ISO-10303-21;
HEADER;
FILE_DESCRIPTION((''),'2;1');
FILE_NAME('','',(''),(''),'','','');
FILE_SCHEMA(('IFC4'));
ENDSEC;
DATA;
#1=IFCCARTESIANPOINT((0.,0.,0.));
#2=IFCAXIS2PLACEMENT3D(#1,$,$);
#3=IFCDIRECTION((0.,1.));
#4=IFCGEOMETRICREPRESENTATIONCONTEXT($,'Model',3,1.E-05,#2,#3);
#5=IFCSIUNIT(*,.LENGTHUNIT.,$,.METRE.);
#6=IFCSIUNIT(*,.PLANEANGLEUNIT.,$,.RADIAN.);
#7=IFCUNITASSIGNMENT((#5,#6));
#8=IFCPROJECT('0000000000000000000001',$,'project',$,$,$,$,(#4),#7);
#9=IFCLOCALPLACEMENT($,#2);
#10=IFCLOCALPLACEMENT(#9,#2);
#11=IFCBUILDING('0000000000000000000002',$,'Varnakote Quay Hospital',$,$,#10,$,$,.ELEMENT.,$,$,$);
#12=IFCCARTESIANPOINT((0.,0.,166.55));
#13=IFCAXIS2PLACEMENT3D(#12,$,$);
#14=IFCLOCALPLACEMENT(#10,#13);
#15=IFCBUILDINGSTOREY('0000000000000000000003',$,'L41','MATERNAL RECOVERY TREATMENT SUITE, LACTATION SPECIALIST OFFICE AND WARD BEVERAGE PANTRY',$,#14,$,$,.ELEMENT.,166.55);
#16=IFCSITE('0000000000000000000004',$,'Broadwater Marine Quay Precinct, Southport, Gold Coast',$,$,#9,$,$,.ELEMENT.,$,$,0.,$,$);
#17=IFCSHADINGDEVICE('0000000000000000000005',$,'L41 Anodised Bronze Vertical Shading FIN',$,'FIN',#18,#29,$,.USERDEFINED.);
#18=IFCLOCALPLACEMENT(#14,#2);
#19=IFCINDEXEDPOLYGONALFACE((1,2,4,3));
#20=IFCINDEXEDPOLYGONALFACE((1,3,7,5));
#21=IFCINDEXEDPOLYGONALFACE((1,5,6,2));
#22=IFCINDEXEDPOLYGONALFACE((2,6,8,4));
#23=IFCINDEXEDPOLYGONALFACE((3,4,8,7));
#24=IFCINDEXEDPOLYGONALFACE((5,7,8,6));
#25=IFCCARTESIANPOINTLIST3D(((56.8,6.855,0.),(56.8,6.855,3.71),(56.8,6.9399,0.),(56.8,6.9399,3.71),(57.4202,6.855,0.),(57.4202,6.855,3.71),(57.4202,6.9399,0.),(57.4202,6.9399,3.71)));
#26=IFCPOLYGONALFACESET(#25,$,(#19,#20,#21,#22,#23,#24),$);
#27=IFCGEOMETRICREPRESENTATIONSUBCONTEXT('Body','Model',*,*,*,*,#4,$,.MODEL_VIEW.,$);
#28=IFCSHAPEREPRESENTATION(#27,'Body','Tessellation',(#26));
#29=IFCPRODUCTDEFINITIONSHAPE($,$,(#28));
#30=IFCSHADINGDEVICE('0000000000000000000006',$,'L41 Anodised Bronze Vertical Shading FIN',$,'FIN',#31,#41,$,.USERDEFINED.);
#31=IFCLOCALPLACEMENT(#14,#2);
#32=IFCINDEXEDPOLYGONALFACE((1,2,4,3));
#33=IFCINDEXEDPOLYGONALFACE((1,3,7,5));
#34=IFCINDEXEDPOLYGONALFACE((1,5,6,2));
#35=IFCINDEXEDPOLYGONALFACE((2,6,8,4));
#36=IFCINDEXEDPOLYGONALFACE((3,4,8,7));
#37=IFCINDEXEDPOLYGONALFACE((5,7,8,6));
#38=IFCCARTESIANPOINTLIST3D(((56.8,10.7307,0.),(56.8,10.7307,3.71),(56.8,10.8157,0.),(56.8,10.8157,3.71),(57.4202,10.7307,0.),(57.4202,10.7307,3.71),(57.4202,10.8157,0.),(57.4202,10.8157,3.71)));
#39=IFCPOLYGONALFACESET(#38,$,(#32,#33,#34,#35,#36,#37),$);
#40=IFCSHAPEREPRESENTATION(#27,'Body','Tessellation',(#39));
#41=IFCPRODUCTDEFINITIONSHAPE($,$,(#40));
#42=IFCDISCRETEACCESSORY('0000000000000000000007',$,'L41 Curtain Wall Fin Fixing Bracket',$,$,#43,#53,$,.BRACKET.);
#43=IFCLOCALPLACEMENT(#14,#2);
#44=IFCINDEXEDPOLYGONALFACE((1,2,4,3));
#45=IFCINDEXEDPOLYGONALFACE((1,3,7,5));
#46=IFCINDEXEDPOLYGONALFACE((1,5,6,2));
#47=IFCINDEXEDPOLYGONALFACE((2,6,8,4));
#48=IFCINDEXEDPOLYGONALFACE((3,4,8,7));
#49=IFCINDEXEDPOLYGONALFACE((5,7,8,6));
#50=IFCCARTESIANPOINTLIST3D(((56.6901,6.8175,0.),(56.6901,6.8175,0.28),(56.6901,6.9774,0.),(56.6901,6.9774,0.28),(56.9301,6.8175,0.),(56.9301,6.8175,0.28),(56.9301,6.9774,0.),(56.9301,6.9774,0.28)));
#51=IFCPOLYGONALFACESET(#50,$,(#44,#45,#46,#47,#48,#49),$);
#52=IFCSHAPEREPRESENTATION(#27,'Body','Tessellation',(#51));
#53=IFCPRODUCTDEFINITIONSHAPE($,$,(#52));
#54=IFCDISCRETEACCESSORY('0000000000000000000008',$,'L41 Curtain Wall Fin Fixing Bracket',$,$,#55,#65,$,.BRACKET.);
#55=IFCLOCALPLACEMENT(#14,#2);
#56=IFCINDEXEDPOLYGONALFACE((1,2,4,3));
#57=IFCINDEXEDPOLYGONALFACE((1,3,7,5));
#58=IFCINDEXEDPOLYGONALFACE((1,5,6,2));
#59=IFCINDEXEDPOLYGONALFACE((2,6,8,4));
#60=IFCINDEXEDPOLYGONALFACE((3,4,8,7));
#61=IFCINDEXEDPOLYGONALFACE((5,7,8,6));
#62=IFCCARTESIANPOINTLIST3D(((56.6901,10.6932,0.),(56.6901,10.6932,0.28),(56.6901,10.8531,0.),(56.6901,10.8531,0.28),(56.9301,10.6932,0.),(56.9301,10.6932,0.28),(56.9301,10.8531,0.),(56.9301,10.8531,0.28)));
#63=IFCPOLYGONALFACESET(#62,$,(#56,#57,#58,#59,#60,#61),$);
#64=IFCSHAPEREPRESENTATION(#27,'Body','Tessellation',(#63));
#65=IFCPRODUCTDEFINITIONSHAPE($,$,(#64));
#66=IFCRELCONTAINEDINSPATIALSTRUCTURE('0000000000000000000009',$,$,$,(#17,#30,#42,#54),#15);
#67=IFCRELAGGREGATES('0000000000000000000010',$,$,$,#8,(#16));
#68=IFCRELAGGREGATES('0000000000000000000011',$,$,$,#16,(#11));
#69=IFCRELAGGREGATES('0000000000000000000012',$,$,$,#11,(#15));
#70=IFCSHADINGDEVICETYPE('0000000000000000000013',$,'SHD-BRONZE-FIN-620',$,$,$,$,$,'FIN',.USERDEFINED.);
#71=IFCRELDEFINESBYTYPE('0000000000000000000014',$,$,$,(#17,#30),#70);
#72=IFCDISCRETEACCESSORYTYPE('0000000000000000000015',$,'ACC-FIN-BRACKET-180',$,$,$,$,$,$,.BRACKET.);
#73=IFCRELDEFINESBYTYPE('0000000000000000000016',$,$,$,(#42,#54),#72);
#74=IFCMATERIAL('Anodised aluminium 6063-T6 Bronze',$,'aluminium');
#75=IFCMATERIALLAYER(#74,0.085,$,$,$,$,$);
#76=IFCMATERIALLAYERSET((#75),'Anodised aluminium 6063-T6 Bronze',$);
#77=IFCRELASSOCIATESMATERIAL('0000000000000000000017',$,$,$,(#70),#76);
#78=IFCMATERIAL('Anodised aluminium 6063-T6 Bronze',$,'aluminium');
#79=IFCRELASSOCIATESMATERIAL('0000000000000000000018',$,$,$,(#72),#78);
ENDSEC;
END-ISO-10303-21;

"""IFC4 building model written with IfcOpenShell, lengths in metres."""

from ifc_helpers import new_model, si_unit, direction, frame, origin, origin_2d, place, context, subcontext, project, spatial, rectangle, extrude, material, layer, layer_set, type_object, element, save


model = new_model("IFC4")

# Units and contexts
model_context = context("Model", 3, precision=1e-05, world=origin(), true_north=direction((0.0, 1.0)))
body_context = subcontext(model_context, "Body", "Model", "MODEL_VIEW")
ifc_project = project(units=[si_unit("LENGTHUNIT", "METRE"), si_unit("PLANEANGLEUNIT", "RADIAN")], contexts=[model_context])

# Site, building, storey
site_placement = place(None, origin())
site = spatial("IfcSite", under=ifc_project, at=site_placement, Name="Broadwater Marine Quay Precinct, Southport, Gold Coast", CompositionType="ELEMENT", RefElevation=0.0)
building_placement = place(site_placement, origin())
building = spatial("IfcBuilding", under=site, at=building_placement, Name="Varnakote Quay Hospital", CompositionType="ELEMENT")
storey_placement = place(building_placement, frame((0.0, 0.0, 166.55)))
storey = spatial("IfcBuildingStorey", under=building, at=storey_placement, Name="L41", Description="MATERNAL RECOVERY TREATMENT SUITE, LACTATION SPECIALIST OFFICE AND WARD BEVERAGE PANTRY", CompositionType="ELEMENT", Elevation=166.55)

# Shading devices
ifc_material_1 = material(Name="Anodised aluminium 6063-T6 Bronze", Category="aluminium")
ifc_layer_1 = layer(ifc_material_1, 0.085)
ifc_layer_set_1 = layer_set([ifc_layer_1], Name="Anodised aluminium 6063-T6 Bronze")
shading_device_type = type_object("IfcShadingDeviceType", Name="SHD-BRONZE-FIN-620", ElementType="FIN", PredefinedType="USERDEFINED", material=ifc_layer_set_1)
for number, where, z_axis, x_axis, name in (
    (1, (57.1101, 6.8975, 0.0), (0.0, 0.0, 1.0), (-1.0, 0.0, 0.0), "L41 Anodised Bronze Vertical Shading FIN"),
    (2, (57.1101, 10.7732, 0.0), (0.0, 0.0, 1.0), (-1.0, 0.0, 0.0), "L41 Anodised Bronze Vertical Shading FIN"),
):
    element("IfcShadingDevice", number, at=place(storey_placement, frame(where, z_axis=z_axis, x_axis=x_axis)), inside=storey, type_object=shading_device_type, Name=name, ObjectType="FIN", PredefinedType="USERDEFINED", context=body_context, shape_type="SweptSolid", body=[
        extrude(rectangle(XDim=0.6201, YDim=0.085, at=origin_2d()), origin(), (0.0, 0.0, 1.0), 3.71),
    ])

# Discrete accessories
ifc_material_2 = material(Name="Anodised aluminium 6063-T6 Bronze", Category="aluminium")
discrete_accessory_type = type_object("IfcDiscreteAccessoryType", Name="ACC-FIN-BRACKET-180", PredefinedType="BRACKET", material=ifc_material_2)
for number, where, z_axis, x_axis, name in (
    (3, (56.8101, 6.8975, 0.0), (0.0, 0.0, 1.0), (0.0, 1.0, 0.0), "L41 Curtain Wall Fin Fixing Bracket"),
    (4, (56.8101, 10.7732, 0.0), (0.0, 0.0, 1.0), (0.0, 1.0, 0.0), "L41 Curtain Wall Fin Fixing Bracket"),
):
    element("IfcDiscreteAccessory", number, at=place(storey_placement, frame(where, z_axis=z_axis, x_axis=x_axis)), inside=storey, type_object=discrete_accessory_type, Name=name, PredefinedType="BRACKET", context=body_context, shape_type="SweptSolid", body=[
        extrude(rectangle(XDim=0.1599, YDim=0.24, at=origin_2d()), origin(), (0.0, 0.0, 1.0), 0.28),
    ])

save(model, "model.ifc")
